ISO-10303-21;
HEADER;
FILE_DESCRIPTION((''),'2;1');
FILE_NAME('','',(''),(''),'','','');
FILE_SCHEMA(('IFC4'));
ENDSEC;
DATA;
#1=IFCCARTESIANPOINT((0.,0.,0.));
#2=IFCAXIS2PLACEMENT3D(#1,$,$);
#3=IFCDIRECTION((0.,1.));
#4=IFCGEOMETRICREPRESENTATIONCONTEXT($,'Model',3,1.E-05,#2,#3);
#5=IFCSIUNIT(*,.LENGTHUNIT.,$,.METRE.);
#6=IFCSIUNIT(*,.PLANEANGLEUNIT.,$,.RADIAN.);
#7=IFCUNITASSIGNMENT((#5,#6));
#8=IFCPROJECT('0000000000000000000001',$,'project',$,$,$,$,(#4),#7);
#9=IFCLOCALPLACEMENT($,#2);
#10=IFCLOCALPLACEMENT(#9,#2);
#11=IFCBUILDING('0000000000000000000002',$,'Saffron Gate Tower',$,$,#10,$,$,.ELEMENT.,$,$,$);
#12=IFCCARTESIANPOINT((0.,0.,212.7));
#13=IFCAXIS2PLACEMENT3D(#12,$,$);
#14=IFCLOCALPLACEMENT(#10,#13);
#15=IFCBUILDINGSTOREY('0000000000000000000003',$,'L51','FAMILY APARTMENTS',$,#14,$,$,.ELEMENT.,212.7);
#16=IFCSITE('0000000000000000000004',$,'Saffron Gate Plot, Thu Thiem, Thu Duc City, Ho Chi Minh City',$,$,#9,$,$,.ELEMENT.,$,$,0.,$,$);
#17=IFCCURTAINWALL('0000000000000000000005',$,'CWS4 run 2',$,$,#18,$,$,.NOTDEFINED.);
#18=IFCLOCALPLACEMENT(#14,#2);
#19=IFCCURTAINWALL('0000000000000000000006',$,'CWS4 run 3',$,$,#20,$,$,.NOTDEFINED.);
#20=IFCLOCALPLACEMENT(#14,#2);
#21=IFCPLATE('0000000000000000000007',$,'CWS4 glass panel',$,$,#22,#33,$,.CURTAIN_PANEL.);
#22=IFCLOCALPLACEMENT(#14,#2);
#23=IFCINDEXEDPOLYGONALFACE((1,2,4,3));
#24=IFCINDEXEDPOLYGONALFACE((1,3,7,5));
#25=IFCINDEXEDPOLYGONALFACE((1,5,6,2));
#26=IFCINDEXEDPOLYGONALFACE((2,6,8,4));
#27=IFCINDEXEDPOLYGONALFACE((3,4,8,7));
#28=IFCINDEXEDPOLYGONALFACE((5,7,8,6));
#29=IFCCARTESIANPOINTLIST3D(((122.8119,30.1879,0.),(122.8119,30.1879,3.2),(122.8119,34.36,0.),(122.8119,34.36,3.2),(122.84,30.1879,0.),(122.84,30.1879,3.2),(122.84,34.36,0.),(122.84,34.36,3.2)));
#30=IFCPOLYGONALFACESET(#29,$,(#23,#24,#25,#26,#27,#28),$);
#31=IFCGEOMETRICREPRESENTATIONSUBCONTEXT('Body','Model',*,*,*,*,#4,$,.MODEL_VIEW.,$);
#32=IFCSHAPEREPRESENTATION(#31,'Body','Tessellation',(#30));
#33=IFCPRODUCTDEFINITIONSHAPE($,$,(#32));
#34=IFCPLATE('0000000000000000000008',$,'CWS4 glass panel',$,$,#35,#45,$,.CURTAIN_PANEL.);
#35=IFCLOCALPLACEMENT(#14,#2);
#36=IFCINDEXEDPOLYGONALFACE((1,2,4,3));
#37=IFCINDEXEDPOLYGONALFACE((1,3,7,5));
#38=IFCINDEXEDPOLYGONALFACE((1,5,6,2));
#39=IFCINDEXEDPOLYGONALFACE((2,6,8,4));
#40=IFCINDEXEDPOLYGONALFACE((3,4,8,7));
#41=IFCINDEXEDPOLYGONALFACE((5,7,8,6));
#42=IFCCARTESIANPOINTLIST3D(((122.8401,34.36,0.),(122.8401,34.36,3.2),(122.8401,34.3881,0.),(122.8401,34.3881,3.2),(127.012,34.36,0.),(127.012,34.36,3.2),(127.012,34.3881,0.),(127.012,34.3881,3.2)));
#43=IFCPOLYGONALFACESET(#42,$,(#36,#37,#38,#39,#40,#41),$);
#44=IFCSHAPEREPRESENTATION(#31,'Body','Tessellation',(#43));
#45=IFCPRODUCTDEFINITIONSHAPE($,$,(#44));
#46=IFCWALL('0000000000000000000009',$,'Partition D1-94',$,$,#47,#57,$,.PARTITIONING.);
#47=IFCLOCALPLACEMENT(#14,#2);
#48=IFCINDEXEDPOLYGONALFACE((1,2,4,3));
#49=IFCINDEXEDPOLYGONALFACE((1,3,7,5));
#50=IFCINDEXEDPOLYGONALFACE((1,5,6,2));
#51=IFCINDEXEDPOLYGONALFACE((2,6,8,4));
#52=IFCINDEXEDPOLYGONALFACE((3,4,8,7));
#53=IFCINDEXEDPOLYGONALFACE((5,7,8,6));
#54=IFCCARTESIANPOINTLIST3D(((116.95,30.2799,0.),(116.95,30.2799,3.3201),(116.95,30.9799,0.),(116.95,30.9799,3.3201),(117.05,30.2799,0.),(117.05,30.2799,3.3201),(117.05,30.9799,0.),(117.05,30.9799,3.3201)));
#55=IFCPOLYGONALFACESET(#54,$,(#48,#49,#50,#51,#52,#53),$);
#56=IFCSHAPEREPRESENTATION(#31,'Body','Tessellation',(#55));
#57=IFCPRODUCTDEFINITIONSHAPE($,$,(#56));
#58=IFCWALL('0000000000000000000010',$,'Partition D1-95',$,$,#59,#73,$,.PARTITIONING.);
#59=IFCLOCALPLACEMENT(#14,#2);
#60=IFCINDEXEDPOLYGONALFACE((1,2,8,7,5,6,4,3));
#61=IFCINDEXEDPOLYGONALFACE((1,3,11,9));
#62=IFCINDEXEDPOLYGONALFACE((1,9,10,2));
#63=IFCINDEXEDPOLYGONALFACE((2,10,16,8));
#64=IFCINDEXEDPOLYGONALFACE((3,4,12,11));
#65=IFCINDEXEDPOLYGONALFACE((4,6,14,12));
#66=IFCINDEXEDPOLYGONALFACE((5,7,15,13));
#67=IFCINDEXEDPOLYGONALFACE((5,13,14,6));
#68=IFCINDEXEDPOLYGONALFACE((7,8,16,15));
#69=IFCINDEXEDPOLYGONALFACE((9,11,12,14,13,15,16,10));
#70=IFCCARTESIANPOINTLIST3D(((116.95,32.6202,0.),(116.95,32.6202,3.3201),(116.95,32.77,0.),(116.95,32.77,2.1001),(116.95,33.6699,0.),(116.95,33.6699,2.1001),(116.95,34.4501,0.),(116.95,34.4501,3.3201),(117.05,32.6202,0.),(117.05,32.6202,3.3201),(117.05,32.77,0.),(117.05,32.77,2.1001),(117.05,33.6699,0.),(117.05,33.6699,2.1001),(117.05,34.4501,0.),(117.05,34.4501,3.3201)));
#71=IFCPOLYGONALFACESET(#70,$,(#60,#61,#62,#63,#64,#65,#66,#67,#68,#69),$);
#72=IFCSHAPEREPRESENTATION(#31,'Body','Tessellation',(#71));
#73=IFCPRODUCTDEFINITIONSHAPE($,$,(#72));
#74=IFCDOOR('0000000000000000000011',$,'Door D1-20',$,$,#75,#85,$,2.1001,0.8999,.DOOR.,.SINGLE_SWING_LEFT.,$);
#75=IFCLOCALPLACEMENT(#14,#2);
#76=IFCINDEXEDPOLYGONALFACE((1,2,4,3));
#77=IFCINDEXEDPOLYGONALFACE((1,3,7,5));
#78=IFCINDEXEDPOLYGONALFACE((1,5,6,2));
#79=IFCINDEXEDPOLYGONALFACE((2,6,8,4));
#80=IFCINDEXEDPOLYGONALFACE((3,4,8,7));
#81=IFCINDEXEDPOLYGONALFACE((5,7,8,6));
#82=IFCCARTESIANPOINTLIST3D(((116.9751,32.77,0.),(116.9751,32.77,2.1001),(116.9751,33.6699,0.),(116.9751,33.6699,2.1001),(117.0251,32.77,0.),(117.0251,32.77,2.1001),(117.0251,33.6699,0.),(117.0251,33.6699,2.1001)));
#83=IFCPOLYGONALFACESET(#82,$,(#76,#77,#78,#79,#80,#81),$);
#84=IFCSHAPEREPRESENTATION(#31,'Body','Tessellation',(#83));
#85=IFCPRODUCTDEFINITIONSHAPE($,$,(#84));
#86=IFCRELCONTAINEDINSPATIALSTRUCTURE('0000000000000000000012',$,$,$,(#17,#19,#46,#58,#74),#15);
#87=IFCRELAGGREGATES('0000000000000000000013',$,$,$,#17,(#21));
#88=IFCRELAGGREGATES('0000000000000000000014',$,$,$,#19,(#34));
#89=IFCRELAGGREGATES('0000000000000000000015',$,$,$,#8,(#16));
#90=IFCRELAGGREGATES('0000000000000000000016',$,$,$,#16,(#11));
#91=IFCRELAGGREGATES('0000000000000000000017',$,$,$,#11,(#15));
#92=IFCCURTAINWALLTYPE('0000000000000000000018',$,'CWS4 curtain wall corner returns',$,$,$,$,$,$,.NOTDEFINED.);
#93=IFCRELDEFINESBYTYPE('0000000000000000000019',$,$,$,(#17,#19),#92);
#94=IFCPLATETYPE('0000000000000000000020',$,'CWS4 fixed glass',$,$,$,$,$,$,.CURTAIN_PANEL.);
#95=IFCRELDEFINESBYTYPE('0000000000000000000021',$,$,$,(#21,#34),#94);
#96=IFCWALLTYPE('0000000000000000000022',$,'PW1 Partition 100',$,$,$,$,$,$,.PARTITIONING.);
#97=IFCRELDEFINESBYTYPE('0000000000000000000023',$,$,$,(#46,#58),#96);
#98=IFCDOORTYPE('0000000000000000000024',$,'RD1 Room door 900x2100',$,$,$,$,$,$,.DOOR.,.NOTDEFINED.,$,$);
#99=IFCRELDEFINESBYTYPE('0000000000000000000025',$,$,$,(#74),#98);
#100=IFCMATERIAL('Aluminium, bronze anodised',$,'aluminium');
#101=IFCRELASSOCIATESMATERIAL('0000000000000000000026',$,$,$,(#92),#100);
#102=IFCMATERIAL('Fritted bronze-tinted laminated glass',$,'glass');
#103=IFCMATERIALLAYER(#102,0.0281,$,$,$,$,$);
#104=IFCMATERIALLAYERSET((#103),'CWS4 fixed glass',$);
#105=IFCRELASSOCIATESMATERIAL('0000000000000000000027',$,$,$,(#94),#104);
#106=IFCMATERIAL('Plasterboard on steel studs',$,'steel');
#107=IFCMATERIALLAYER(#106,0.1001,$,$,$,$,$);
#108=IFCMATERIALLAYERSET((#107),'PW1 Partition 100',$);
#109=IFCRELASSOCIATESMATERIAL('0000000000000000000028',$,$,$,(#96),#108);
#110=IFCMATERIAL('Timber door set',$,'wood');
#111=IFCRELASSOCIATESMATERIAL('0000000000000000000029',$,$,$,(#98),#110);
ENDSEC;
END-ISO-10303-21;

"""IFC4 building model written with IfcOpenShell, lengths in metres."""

from ifc_helpers import new_model, si_unit, direction, frame, frame_2d, origin, place, context, subcontext, project, spatial, rectangle, extrude, material, layer, layer_set, type_object, element, fill, aggregate, save


model = new_model("IFC4")

# Units and contexts
model_context = context("Model", 3, precision=1e-05, world=origin(), true_north=direction((0.0, 1.0)))
body_context = subcontext(model_context, "Body", "Model", "MODEL_VIEW")
ifc_project = project(units=[si_unit("LENGTHUNIT", "METRE"), si_unit("PLANEANGLEUNIT", "RADIAN")], contexts=[model_context])

# Site, building, storey
site_placement = place(None, origin())
site = spatial("IfcSite", under=ifc_project, at=site_placement, Name="Saffron Gate Plot, Thu Thiem, Thu Duc City, Ho Chi Minh City", CompositionType="ELEMENT", RefElevation=0.0)
building_placement = place(site_placement, origin())
building = spatial("IfcBuilding", under=site, at=building_placement, Name="Saffron Gate Tower", CompositionType="ELEMENT")
storey_placement = place(building_placement, frame((0.0, 0.0, 212.7)))
storey = spatial("IfcBuildingStorey", under=building, at=storey_placement, Name="L51", Description="FAMILY APARTMENTS", CompositionType="ELEMENT", Elevation=212.7)

# Curtain walls
ifc_material_1 = material(Name="Aluminium, bronze anodised", Category="aluminium")
curtain_wall_type_1 = type_object("IfcCurtainWallType", Name="CWS4 curtain wall corner returns", PredefinedType="NOTDEFINED", material=ifc_material_1)
curtain_wall_1_placement = place(storey_placement, origin())
curtain_wall_1 = element("IfcCurtainWall", 1, at=curtain_wall_1_placement, inside=storey, type_object=curtain_wall_type_1, Name="CWS4 run 2", PredefinedType="NOTDEFINED")
curtain_wall_2_placement = place(storey_placement, origin())
curtain_wall_2 = element("IfcCurtainWall", 2, at=curtain_wall_2_placement, inside=storey, type_object=curtain_wall_type_1, Name="CWS4 run 3", PredefinedType="NOTDEFINED")

# Shared definitions
ifc_material_2 = material(Name="Fritted bronze-tinted laminated glass", Category="glass")

# Plates
ifc_layer_1 = layer(ifc_material_2, 0.0281)
ifc_layer_set_1 = layer_set([ifc_layer_1], Name="CWS4 fixed glass")
plate_type_1 = type_object("IfcPlateType", Name="CWS4 fixed glass", PredefinedType="CURTAIN_PANEL", material=ifc_layer_set_1)
plate_1_placement = place(storey_placement, frame((122.8259, 30.188, 0.0), z_axis=(0.0, 0.0, 1.0), x_axis=(0.0, 1.0, 0.0)))
plate_1 = element("IfcPlate", 3, at=plate_1_placement, type_object=plate_type_1, Name="CWS4 glass panel", PredefinedType="CURTAIN_PANEL", context=body_context, shape_type="SweptSolid", body=[
    extrude(rectangle(XDim=4.1721, YDim=0.0281, at=frame_2d((2.0859, 0.0))), origin(), (0.0, 0.0, 1.0), 3.2),
])
aggregate(curtain_wall_1, [plate_1])
plate_2_placement = place(storey_placement, frame((122.8401, 34.374, 0.0), z_axis=(0.0, 0.0, 1.0), x_axis=(1.0, 0.0, 0.0)))
plate_2 = element("IfcPlate", 4, at=plate_2_placement, type_object=plate_type_1, Name="CWS4 glass panel", PredefinedType="CURTAIN_PANEL", context=body_context, shape_type="SweptSolid", body=[
    extrude(rectangle(XDim=4.1719, YDim=0.0281, at=frame_2d((2.0859, 0.0))), origin(), (0.0, 0.0, 1.0), 3.2),
])
aggregate(curtain_wall_2, [plate_2])

# Wall
ifc_material_3 = material(Name="Plasterboard on steel studs", Category="steel")
ifc_layer_2 = layer(ifc_material_3, 0.1001)
ifc_layer_set_2 = layer_set([ifc_layer_2], Name="PW1 Partition 100")
wall_type = type_object("IfcWallType", Name="PW1 Partition 100", PredefinedType="PARTITIONING", material=ifc_layer_set_2)
wall_1_placement = place(storey_placement, frame((117.0, 30.98, 0.0), z_axis=(0.0, 0.0, 1.0), x_axis=(0.0, -1.0, 0.0)))
element("IfcWall", 5, at=wall_1_placement, inside=storey, type_object=wall_type, Name="Partition D1-94", PredefinedType="PARTITIONING", context=body_context, shape_type="SweptSolid", body=[
    extrude(rectangle(XDim=0.7, YDim=0.1001, at=frame_2d((0.3501, 0.0))), origin(), (0.0, 0.0, 1.0), 3.3201),
])

# Wall, opening, door
wall_2_placement = place(storey_placement, frame((117.0, 32.6201, 0.0), z_axis=(0.0, 0.0, 1.0), x_axis=(0.0, 1.0, 0.0)))
wall_2 = element("IfcWall", 6, at=wall_2_placement, inside=storey, type_object=wall_type, Name="Partition D1-95", PredefinedType="PARTITIONING", context=body_context, shape_type="SweptSolid", body=[
    extrude(rectangle(XDim=1.8298, YDim=0.1001, at=frame_2d((0.915, 0.0))), origin(), (0.0, 0.0, 1.0), 3.3201),
])
opening_1_placement = place(wall_2_placement, frame((0.1499, 0.0, 0.0)))
opening_1 = element("IfcOpeningElement", 7, at=opening_1_placement, cuts=wall_2, PredefinedType="OPENING", context=body_context, shape_type="SweptSolid", body=[
    extrude(rectangle(XDim=0.8999, YDim=2.1001, at=frame_2d((0.45, 1.05))), frame((0.0, 0.0601, 0.0), z_axis=(0.0, -1.0, 0.0), x_axis=(1.0, 0.0, 0.0)), (0.0, 0.0, 1.0), 0.1201),
])
ifc_material_4 = material(Name="Timber door set", Category="wood")
door_type = type_object("IfcDoorType", Name="RD1 Room door 900x2100", OperationType="NOTDEFINED", PredefinedType="DOOR", material=ifc_material_4)
door_placement = place(opening_1_placement, origin())
door = element("IfcDoor", 8, at=door_placement, inside=storey, type_object=door_type, Name="Door D1-20", OperationType="SINGLE_SWING_LEFT", OverallHeight=2.1001, OverallWidth=0.8999, PredefinedType="DOOR", context=body_context, shape_type="SweptSolid", body=[
    extrude(rectangle(XDim=0.8999, YDim=2.1001, at=frame_2d((0.45, 1.05))), frame((0.0, 0.0249, 0.0), z_axis=(0.0, -1.0, 0.0), x_axis=(1.0, 0.0, 0.0)), (0.0, 0.0, 1.0), 0.05),
])
fill(opening_1, door)

save(model, "model.ifc")
